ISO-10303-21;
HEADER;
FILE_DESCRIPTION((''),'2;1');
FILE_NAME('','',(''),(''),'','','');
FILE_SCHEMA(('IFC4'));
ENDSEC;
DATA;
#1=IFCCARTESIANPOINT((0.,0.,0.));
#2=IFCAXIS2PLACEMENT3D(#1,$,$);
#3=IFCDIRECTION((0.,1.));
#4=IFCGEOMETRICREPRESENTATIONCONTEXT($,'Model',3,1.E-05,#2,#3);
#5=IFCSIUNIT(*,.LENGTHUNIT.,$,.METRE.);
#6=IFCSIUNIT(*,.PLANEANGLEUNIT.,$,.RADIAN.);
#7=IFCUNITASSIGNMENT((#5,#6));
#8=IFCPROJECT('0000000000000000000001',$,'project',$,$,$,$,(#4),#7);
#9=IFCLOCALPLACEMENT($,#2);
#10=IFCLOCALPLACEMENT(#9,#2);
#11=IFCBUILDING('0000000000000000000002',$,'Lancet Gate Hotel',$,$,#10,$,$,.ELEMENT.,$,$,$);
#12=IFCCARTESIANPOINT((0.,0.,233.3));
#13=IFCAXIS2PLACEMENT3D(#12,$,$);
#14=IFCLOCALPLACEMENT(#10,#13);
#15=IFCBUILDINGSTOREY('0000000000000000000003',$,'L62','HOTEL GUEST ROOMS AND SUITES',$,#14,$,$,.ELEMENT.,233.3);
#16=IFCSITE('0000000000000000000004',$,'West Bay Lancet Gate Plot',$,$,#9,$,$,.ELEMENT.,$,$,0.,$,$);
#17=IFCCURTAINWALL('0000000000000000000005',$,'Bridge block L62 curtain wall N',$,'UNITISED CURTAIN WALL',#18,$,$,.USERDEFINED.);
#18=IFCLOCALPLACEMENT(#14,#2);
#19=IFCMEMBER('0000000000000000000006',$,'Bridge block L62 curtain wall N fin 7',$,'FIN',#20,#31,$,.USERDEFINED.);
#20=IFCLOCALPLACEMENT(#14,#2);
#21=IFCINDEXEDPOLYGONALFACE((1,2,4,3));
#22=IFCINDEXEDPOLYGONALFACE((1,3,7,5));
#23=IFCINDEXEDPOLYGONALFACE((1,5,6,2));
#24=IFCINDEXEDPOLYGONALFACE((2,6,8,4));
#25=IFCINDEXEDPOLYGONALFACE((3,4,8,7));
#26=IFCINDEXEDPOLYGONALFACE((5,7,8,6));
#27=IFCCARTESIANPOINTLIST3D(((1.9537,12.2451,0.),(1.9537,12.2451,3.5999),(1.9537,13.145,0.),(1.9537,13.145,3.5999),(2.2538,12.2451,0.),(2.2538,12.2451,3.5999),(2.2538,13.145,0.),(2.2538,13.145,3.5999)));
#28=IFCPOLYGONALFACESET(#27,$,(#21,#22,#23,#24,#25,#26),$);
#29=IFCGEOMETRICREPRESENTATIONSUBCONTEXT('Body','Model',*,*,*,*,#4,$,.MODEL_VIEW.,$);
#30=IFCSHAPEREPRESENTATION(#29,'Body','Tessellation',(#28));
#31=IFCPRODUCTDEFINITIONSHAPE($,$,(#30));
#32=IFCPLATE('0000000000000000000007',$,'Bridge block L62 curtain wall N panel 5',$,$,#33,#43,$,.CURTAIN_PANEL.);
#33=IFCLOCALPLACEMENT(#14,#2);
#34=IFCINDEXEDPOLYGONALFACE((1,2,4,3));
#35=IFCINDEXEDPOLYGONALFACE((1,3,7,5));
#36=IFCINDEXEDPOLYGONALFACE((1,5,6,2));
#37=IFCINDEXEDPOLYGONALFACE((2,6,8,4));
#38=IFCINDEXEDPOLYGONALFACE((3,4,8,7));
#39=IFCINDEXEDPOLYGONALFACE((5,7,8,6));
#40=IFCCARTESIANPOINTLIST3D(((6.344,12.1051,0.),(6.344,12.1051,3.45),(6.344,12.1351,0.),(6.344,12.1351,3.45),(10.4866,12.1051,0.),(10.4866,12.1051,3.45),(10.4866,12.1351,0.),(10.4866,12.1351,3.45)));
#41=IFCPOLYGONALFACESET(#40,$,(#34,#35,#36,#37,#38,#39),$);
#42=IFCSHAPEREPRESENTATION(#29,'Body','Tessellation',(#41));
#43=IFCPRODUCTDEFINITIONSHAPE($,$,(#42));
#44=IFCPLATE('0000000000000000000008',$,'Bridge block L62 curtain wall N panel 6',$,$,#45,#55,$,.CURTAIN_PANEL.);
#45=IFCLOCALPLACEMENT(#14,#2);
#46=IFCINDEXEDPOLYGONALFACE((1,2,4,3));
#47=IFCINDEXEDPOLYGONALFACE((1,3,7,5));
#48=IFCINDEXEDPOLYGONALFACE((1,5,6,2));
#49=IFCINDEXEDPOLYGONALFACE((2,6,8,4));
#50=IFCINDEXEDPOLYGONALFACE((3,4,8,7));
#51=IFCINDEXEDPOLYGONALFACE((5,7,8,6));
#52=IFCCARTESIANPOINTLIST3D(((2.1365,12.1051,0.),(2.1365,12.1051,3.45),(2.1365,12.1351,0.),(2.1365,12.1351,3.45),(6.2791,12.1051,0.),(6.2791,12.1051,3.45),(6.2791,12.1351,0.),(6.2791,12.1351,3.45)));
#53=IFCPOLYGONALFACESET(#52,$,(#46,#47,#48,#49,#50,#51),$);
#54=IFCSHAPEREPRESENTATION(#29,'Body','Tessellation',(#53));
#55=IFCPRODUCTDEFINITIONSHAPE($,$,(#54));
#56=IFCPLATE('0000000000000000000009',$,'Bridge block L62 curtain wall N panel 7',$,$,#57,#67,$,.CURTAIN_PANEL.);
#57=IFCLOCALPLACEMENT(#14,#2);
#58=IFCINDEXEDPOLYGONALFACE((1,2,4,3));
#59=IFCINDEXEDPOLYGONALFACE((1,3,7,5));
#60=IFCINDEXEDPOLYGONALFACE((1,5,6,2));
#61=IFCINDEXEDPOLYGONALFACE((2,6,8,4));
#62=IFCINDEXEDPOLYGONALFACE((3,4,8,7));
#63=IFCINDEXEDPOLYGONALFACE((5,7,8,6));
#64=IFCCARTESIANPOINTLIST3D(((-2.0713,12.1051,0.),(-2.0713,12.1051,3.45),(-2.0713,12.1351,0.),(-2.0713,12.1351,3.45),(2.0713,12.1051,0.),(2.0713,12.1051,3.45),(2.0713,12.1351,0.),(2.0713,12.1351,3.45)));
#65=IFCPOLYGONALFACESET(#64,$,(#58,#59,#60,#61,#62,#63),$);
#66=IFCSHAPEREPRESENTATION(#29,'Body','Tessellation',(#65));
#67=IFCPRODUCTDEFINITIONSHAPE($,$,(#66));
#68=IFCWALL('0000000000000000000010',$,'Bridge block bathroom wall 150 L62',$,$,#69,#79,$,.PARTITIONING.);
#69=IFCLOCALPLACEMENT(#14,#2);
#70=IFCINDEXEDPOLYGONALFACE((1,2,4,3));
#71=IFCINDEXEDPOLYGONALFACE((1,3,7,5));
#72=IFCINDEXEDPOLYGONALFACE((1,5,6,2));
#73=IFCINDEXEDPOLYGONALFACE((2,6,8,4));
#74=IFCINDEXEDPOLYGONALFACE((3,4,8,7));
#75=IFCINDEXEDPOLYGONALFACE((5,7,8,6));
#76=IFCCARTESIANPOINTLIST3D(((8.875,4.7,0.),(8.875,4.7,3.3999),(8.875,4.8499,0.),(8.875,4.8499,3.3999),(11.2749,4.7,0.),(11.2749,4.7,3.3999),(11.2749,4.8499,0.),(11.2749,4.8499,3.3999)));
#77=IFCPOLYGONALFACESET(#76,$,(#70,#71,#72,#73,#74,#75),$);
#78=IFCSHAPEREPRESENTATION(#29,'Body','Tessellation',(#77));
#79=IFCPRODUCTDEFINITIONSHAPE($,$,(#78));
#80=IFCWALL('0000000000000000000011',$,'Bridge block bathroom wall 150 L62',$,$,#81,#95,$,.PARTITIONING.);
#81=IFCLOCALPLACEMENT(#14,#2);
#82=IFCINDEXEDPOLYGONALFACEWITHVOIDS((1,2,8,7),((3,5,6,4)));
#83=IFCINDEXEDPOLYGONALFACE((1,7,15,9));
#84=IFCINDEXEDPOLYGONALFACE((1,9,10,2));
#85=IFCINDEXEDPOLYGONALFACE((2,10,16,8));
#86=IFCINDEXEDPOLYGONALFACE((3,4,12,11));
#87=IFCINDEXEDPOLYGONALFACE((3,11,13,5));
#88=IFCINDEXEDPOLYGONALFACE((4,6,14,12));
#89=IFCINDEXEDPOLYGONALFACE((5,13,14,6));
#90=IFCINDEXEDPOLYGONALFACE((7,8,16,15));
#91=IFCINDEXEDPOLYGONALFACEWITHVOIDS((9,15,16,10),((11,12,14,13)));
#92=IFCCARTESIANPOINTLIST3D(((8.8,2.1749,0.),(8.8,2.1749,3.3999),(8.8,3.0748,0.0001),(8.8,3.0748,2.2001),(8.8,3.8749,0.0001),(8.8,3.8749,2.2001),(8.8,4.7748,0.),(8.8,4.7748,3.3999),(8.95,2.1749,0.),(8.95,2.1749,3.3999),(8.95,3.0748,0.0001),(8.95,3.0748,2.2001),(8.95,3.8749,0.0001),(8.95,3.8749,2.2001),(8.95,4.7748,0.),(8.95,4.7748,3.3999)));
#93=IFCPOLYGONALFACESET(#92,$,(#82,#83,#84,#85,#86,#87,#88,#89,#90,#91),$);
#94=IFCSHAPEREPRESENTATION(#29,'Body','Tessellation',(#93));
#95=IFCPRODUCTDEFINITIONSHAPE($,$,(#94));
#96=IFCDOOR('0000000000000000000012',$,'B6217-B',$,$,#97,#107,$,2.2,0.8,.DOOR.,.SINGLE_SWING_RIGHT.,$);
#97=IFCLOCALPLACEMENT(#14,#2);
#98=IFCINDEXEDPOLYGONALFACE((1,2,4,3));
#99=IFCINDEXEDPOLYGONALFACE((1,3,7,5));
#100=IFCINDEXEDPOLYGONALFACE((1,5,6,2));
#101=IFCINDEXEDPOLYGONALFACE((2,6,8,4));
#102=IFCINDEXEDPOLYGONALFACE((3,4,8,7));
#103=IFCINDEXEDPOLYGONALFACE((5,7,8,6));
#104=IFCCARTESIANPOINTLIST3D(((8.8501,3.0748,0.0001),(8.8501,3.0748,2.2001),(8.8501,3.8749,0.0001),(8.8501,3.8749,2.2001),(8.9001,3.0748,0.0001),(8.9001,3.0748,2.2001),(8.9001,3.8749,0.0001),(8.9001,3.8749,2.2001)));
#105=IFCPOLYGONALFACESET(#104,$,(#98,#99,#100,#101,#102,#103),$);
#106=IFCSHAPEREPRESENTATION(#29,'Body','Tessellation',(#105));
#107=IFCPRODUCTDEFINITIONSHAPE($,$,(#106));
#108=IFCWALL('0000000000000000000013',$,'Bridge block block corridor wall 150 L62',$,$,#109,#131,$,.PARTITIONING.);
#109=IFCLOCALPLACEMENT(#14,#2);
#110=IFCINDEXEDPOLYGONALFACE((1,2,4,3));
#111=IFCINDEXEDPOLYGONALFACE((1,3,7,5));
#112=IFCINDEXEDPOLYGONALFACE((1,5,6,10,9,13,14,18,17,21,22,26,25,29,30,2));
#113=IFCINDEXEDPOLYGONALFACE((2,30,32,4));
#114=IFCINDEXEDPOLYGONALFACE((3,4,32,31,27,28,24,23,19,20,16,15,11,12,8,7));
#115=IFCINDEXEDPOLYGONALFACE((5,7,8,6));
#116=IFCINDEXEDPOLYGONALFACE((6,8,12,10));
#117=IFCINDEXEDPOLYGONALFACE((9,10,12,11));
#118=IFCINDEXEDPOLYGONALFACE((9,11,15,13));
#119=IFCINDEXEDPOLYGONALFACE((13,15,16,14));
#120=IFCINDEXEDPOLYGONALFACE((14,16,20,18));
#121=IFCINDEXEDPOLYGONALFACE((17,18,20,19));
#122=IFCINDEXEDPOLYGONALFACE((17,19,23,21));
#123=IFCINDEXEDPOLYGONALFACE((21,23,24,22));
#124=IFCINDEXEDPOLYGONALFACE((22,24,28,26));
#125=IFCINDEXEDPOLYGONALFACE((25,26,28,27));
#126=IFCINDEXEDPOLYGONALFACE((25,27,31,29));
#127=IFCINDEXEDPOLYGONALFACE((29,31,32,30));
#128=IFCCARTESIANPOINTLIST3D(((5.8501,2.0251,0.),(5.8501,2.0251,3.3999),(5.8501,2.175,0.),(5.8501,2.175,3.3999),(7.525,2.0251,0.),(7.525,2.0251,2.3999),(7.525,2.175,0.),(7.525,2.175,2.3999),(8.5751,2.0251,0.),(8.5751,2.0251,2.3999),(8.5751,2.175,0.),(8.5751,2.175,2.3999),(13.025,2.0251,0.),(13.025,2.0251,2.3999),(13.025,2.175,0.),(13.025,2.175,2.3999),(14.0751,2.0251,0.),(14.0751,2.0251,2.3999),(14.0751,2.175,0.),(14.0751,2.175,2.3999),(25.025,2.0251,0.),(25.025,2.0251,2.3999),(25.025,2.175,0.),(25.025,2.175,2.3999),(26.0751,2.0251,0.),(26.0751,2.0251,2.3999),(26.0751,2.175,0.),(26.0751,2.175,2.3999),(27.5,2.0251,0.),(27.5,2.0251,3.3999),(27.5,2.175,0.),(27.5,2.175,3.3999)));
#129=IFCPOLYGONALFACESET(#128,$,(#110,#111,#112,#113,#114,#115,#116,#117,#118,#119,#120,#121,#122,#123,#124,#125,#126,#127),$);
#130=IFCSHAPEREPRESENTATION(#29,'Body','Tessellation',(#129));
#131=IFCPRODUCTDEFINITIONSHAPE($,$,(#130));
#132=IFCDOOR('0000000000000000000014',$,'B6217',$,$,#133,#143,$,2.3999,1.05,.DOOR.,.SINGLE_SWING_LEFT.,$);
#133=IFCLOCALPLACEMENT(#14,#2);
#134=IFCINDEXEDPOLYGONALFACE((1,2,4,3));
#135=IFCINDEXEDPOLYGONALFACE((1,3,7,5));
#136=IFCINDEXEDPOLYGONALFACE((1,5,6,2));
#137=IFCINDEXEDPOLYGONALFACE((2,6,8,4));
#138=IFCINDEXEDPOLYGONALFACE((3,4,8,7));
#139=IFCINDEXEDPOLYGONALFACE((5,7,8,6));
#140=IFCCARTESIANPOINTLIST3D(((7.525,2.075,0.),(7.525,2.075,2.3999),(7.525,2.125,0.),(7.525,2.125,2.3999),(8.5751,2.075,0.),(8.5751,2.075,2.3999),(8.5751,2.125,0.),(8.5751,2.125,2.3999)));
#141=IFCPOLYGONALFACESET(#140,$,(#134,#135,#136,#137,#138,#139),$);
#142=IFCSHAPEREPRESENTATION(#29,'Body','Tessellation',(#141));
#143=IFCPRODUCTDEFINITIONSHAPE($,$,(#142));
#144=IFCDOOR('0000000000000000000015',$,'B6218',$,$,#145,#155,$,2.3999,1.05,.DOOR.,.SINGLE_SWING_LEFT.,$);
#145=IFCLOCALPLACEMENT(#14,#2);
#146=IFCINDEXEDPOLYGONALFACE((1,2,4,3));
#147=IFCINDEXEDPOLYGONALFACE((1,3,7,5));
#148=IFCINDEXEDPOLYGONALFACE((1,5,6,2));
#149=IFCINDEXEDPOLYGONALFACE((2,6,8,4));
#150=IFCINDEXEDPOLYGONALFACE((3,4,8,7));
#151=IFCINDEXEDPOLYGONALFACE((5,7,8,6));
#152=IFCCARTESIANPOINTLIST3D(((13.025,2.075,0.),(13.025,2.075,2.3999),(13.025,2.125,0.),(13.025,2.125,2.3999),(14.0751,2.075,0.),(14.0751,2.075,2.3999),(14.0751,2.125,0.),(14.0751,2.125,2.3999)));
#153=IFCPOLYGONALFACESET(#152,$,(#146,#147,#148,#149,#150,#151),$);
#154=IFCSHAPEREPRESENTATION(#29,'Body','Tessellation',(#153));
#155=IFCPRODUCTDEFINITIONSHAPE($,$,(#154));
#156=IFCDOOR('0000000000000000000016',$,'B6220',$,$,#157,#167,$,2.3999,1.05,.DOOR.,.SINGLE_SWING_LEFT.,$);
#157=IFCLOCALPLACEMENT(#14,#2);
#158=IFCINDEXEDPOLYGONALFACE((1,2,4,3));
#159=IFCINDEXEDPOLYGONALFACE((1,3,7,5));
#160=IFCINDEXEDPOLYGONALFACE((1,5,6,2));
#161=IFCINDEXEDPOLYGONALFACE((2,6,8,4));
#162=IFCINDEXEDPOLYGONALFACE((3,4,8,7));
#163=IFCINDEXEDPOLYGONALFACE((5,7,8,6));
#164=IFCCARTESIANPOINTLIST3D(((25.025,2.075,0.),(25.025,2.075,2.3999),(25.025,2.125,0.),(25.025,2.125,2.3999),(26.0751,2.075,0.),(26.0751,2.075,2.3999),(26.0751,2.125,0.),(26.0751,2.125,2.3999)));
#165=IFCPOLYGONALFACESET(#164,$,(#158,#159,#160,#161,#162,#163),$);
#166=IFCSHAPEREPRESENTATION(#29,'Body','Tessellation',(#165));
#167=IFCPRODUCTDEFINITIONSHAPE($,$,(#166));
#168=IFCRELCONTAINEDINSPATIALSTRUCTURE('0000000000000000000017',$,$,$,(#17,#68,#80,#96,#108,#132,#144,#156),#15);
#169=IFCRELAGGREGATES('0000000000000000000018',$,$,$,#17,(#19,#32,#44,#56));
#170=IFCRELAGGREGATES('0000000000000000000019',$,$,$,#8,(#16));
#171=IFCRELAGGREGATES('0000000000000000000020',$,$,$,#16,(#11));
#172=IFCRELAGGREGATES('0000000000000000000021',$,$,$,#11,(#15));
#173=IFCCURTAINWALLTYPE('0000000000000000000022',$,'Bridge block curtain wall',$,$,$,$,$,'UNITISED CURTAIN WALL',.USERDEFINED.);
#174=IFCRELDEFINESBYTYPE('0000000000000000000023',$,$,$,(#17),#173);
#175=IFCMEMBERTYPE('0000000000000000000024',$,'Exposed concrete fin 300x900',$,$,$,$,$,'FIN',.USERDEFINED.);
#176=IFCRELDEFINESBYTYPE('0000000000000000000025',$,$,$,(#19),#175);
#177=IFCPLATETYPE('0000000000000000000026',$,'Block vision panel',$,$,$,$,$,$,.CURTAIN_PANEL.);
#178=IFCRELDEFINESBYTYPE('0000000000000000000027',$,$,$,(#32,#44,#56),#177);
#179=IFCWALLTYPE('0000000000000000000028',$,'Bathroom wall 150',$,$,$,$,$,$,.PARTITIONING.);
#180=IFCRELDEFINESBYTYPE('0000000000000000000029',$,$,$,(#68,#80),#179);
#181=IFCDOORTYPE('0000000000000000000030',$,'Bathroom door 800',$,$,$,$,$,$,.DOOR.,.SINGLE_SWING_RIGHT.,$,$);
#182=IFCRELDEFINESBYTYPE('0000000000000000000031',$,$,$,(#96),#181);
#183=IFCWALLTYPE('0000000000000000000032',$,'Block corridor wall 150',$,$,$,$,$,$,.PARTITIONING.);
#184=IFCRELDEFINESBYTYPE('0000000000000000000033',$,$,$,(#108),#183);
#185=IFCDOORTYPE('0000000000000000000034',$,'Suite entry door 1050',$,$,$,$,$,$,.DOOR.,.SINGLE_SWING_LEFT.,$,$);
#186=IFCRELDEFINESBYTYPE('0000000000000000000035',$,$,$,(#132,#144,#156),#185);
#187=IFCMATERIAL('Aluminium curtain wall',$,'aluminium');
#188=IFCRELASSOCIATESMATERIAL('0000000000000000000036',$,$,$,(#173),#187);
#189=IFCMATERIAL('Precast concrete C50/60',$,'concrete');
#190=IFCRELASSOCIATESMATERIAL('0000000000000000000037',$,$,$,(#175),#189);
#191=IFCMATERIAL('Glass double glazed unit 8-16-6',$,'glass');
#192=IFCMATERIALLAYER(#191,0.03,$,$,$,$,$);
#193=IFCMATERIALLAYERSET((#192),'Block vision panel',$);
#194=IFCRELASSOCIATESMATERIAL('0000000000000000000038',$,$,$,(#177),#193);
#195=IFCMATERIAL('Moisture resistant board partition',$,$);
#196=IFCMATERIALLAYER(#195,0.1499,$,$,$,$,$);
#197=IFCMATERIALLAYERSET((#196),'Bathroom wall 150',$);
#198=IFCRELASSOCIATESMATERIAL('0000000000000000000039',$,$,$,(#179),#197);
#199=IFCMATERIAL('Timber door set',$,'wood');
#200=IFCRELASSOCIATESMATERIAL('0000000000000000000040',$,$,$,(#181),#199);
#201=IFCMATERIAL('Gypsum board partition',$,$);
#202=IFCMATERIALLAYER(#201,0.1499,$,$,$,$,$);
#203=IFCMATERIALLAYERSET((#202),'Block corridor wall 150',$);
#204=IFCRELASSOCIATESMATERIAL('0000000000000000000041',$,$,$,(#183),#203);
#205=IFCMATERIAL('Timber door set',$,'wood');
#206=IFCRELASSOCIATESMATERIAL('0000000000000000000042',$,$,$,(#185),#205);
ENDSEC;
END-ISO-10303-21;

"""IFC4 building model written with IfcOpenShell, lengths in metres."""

from ifc_helpers import new_model, si_unit, direction, frame, frame_2d, origin, origin_2d, place, context, subcontext, project, spatial, rectangle, extrude, material, layer, layer_set, material_profile, profile_set, type_object, element, fill, aggregate, save


model = new_model("IFC4")

# Units and contexts
model_context = context("Model", 3, precision=1e-05, world=origin(), true_north=direction((0.0, 1.0)))
body_context = subcontext(model_context, "Body", "Model", "MODEL_VIEW")
ifc_project = project(units=[si_unit("LENGTHUNIT", "METRE"), si_unit("PLANEANGLEUNIT", "RADIAN")], contexts=[model_context])

# Site, building, storey
site_placement = place(None, origin())
site = spatial("IfcSite", under=ifc_project, at=site_placement, Name="West Bay Lancet Gate Plot", CompositionType="ELEMENT", RefElevation=0.0)
building_placement = place(site_placement, origin())
building = spatial("IfcBuilding", under=site, at=building_placement, Name="Lancet Gate Hotel", CompositionType="ELEMENT")
storey_placement = place(building_placement, frame((0.0, 0.0, 233.3)))
storey = spatial("IfcBuildingStorey", under=building, at=storey_placement, Name="L62", Description="HOTEL GUEST ROOMS AND SUITES", CompositionType="ELEMENT", Elevation=233.3)

# Curtain wall
ifc_material_1 = material(Name="Aluminium curtain wall", Category="aluminium")
curtain_wall_type = type_object("IfcCurtainWallType", Name="Bridge block curtain wall", ElementType="UNITISED CURTAIN WALL", PredefinedType="USERDEFINED", material=ifc_material_1)
curtain_wall_placement = place(storey_placement, origin())
curtain_wall = element("IfcCurtainWall", 1, at=curtain_wall_placement, inside=storey, type_object=curtain_wall_type, Name="Bridge block L62 curtain wall N", ObjectType="UNITISED CURTAIN WALL", PredefinedType="USERDEFINED")

# Member
ifc_material_2 = material(Name="Precast concrete C50/60", Category="concrete")
ifc_material_profile_1 = material_profile(ifc_material_2, rectangle(XDim=0.3, YDim=0.8999, at=origin_2d()), Name="FIN 300x900")
ifc_profile_set_1 = profile_set([ifc_material_profile_1], Name="Precast concrete C50/60")
member_type_1 = type_object("IfcMemberType", Name="Exposed concrete fin 300x900", ElementType="FIN", PredefinedType="USERDEFINED", material=ifc_profile_set_1)
member_1_placement = place(storey_placement, frame((2.1038, 12.6951, 0.0), z_axis=(0.0, 0.0, 1.0), x_axis=(-1.0, 0.0, 0.0)))
member_1 = element("IfcMember", 2, at=member_1_placement, type_object=member_type_1, Name="Bridge block L62 curtain wall N fin 7", ObjectType="FIN", PredefinedType="USERDEFINED", context=body_context, shape_type="SweptSolid", body=[
    extrude(rectangle(XDim=0.3, YDim=0.8999, at=origin_2d()), origin(), (0.0, 0.0, 1.0), 3.5999),
])

# Plates
ifc_material_3 = material(Name="Glass double glazed unit 8-16-6", Category="glass")
ifc_layer_1 = layer(ifc_material_3, 0.03)
ifc_layer_set_1 = layer_set([ifc_layer_1], Name="Block vision panel")
plate_type = type_object("IfcPlateType", Name="Block vision panel", PredefinedType="CURTAIN_PANEL", material=ifc_layer_set_1)
plate_1_placement = place(storey_placement, frame((8.4153, 12.1201, 0.0), z_axis=(0.0, 0.0, 1.0), x_axis=(-1.0, 0.0, 0.0)))
plate_1 = element("IfcPlate", 3, at=plate_1_placement, type_object=plate_type, Name="Bridge block L62 curtain wall N panel 5", PredefinedType="CURTAIN_PANEL", context=body_context, shape_type="SweptSolid", body=[
    extrude(rectangle(XDim=4.1426, YDim=0.03, at=origin_2d()), origin(), (0.0, 0.0, 1.0), 3.45),
])
plate_2_placement = place(storey_placement, frame((4.2078, 12.1201, 0.0), z_axis=(0.0, 0.0, 1.0), x_axis=(-1.0, 0.0, 0.0)))
plate_2 = element("IfcPlate", 4, at=plate_2_placement, type_object=plate_type, Name="Bridge block L62 curtain wall N panel 6", PredefinedType="CURTAIN_PANEL", context=body_context, shape_type="SweptSolid", body=[
    extrude(rectangle(XDim=4.1426, YDim=0.03, at=origin_2d()), origin(), (0.0, 0.0, 1.0), 3.45),
])
plate_3_placement = place(storey_placement, frame((0.0, 12.1201, 0.0), z_axis=(0.0, 0.0, 1.0), x_axis=(-1.0, 0.0, 0.0)))
plate_3 = element("IfcPlate", 5, at=plate_3_placement, type_object=plate_type, Name="Bridge block L62 curtain wall N panel 7", PredefinedType="CURTAIN_PANEL", context=body_context, shape_type="SweptSolid", body=[
    extrude(rectangle(XDim=4.1426, YDim=0.03, at=origin_2d()), origin(), (0.0, 0.0, 1.0), 3.45),
])
aggregate(curtain_wall, [member_1, plate_1, plate_2, plate_3])

# Wall
ifc_material_4 = material(Name="Moisture resistant board partition")
ifc_layer_2 = layer(ifc_material_4, 0.1499)
ifc_layer_set_2 = layer_set([ifc_layer_2], Name="Bathroom wall 150")
wall_type_1 = type_object("IfcWallType", Name="Bathroom wall 150", PredefinedType="PARTITIONING", material=ifc_layer_set_2)
wall_1_placement = place(storey_placement, frame((8.875, 4.7749, 0.0), z_axis=(0.0, 0.0, 1.0), x_axis=(1.0, 0.0, 0.0)))
element("IfcWall", 6, at=wall_1_placement, inside=storey, type_object=wall_type_1, Name="Bridge block bathroom wall 150 L62", PredefinedType="PARTITIONING", context=body_context, shape_type="SweptSolid", body=[
    extrude(rectangle(XDim=2.3999, YDim=0.1499, at=frame_2d((1.2, 0.0))), origin(), (0.0, 0.0, 1.0), 3.3999),
])

# Wall, opening, door
wall_2_placement = place(storey_placement, frame((8.875, 2.175, 0.0), z_axis=(0.0, 0.0, 1.0), x_axis=(0.0, 1.0, 0.0)))
wall_2 = element("IfcWall", 7, at=wall_2_placement, inside=storey, type_object=wall_type_1, Name="Bridge block bathroom wall 150 L62", PredefinedType="PARTITIONING", context=body_context, shape_type="SweptSolid", body=[
    extrude(rectangle(XDim=2.5999, YDim=0.1499, at=frame_2d((1.2998, 0.0))), origin(), (0.0, 0.0, 1.0), 3.3999),
])
opening_1_placement = place(wall_2_placement, frame((0.8999, 0.0, 0.0)))
opening_1 = element("IfcOpeningElement", 8, at=opening_1_placement, cuts=wall_2, PredefinedType="OPENING", context=body_context, shape_type="SweptSolid", body=[
    extrude(rectangle(XDim=0.8, YDim=2.2, at=frame_2d((0.3999, 1.1001))), frame((0.0, 0.085, 0.0), z_axis=(0.0, -1.0, 0.0), x_axis=(1.0, 0.0, 0.0)), (0.0, 0.0, 1.0), 0.1699),
])
ifc_material_5 = material(Name="Timber door set", Category="wood")
door_type_1 = type_object("IfcDoorType", Name="Bathroom door 800", OperationType="SINGLE_SWING_RIGHT", PredefinedType="DOOR", material=ifc_material_5)
door_1_placement = place(opening_1_placement, origin())
door_1 = element("IfcDoor", 9, at=door_1_placement, inside=storey, type_object=door_type_1, Name="B6217-B", OperationType="SINGLE_SWING_RIGHT", OverallHeight=2.2, OverallWidth=0.8, PredefinedType="DOOR", context=body_context, shape_type="SweptSolid", body=[
    extrude(rectangle(XDim=0.8, YDim=2.2, at=frame_2d((0.3999, 1.1001))), frame((0.0, 0.0249, 0.0), z_axis=(0.0, -1.0, 0.0), x_axis=(1.0, 0.0, 0.0)), (0.0, 0.0, 1.0), 0.05),
])
fill(opening_1, door_1)

# Wall, openings, doors
ifc_material_6 = material(Name="Gypsum board partition")
ifc_layer_3 = layer(ifc_material_6, 0.1499)
ifc_layer_set_3 = layer_set([ifc_layer_3], Name="Block corridor wall 150")
wall_type_2 = type_object("IfcWallType", Name="Block corridor wall 150", PredefinedType="PARTITIONING", material=ifc_layer_set_3)
wall_3_placement = place(storey_placement, frame((5.8501, 2.1001, 0.0), z_axis=(0.0, 0.0, 1.0), x_axis=(1.0, 0.0, 0.0)))
wall_3 = element("IfcWall", 10, at=wall_3_placement, inside=storey, type_object=wall_type_2, Name="Bridge block block corridor wall 150 L62", PredefinedType="PARTITIONING", context=body_context, shape_type="SweptSolid", body=[
    extrude(rectangle(XDim=21.6499, YDim=0.1499, at=frame_2d((10.825, 0.0))), origin(), (0.0, 0.0, 1.0), 3.3999),
])
opening_2_placement = place(wall_3_placement, frame((1.675, 0.0, 0.0)))
opening_2 = element("IfcOpeningElement", 11, at=opening_2_placement, cuts=wall_3, PredefinedType="OPENING", context=body_context, shape_type="SweptSolid", body=[
    extrude(rectangle(XDim=1.05, YDim=2.3999, at=frame_2d((0.5249, 1.2))), frame((0.0, 0.085, 0.0), z_axis=(0.0, -1.0, 0.0), x_axis=(1.0, 0.0, 0.0)), (0.0, 0.0, 1.0), 0.1699),
])
opening_3_placement = place(wall_3_placement, frame((7.175, 0.0, 0.0)))
opening_3 = element("IfcOpeningElement", 12, at=opening_3_placement, cuts=wall_3, PredefinedType="OPENING", context=body_context, shape_type="SweptSolid", body=[
    extrude(rectangle(XDim=1.05, YDim=2.3999, at=frame_2d((0.5249, 1.2))), frame((0.0, 0.085, 0.0), z_axis=(0.0, -1.0, 0.0), x_axis=(1.0, 0.0, 0.0)), (0.0, 0.0, 1.0), 0.1699),
])
opening_4_placement = place(wall_3_placement, frame((19.175, 0.0, 0.0)))
opening_4 = element("IfcOpeningElement", 13, at=opening_4_placement, cuts=wall_3, PredefinedType="OPENING", context=body_context, shape_type="SweptSolid", body=[
    extrude(rectangle(XDim=1.05, YDim=2.3999, at=frame_2d((0.5249, 1.2))), frame((0.0, 0.085, 0.0), z_axis=(0.0, -1.0, 0.0), x_axis=(1.0, 0.0, 0.0)), (0.0, 0.0, 1.0), 0.1699),
])
ifc_material_7 = material(Name="Timber door set", Category="wood")
door_type_2 = type_object("IfcDoorType", Name="Suite entry door 1050", OperationType="SINGLE_SWING_LEFT", PredefinedType="DOOR", material=ifc_material_7)
door_2_placement = place(opening_2_placement, origin())
door_2 = element("IfcDoor", 14, at=door_2_placement, inside=storey, type_object=door_type_2, Name="B6217", OperationType="SINGLE_SWING_LEFT", OverallHeight=2.3999, OverallWidth=1.05, PredefinedType="DOOR", context=body_context, shape_type="SweptSolid", body=[
    extrude(rectangle(XDim=1.05, YDim=2.3999, at=frame_2d((0.5249, 1.2))), frame((0.0, 0.0249, 0.0), z_axis=(0.0, -1.0, 0.0), x_axis=(1.0, 0.0, 0.0)), (0.0, 0.0, 1.0), 0.05),
])
fill(opening_2, door_2)
door_3_placement = place(opening_3_placement, origin())
door_3 = element("IfcDoor", 15, at=door_3_placement, inside=storey, type_object=door_type_2, Name="B6218", OperationType="SINGLE_SWING_LEFT", OverallHeight=2.3999, OverallWidth=1.05, PredefinedType="DOOR", context=body_context, shape_type="SweptSolid", body=[
    extrude(rectangle(XDim=1.05, YDim=2.3999, at=frame_2d((0.5249, 1.2))), frame((0.0, 0.0249, 0.0), z_axis=(0.0, -1.0, 0.0), x_axis=(1.0, 0.0, 0.0)), (0.0, 0.0, 1.0), 0.05),
])
fill(opening_3, door_3)
door_4_placement = place(opening_4_placement, origin())
door_4 = element("IfcDoor", 16, at=door_4_placement, inside=storey, type_object=door_type_2, Name="B6220", OperationType="SINGLE_SWING_LEFT", OverallHeight=2.3999, OverallWidth=1.05, PredefinedType="DOOR", context=body_context, shape_type="SweptSolid", body=[
    extrude(rectangle(XDim=1.05, YDim=2.3999, at=frame_2d((0.5249, 1.2))), frame((0.0, 0.0249, 0.0), z_axis=(0.0, -1.0, 0.0), x_axis=(1.0, 0.0, 0.0)), (0.0, 0.0, 1.0), 0.05),
])
fill(opening_4, door_4)

save(model, "model.ifc")
